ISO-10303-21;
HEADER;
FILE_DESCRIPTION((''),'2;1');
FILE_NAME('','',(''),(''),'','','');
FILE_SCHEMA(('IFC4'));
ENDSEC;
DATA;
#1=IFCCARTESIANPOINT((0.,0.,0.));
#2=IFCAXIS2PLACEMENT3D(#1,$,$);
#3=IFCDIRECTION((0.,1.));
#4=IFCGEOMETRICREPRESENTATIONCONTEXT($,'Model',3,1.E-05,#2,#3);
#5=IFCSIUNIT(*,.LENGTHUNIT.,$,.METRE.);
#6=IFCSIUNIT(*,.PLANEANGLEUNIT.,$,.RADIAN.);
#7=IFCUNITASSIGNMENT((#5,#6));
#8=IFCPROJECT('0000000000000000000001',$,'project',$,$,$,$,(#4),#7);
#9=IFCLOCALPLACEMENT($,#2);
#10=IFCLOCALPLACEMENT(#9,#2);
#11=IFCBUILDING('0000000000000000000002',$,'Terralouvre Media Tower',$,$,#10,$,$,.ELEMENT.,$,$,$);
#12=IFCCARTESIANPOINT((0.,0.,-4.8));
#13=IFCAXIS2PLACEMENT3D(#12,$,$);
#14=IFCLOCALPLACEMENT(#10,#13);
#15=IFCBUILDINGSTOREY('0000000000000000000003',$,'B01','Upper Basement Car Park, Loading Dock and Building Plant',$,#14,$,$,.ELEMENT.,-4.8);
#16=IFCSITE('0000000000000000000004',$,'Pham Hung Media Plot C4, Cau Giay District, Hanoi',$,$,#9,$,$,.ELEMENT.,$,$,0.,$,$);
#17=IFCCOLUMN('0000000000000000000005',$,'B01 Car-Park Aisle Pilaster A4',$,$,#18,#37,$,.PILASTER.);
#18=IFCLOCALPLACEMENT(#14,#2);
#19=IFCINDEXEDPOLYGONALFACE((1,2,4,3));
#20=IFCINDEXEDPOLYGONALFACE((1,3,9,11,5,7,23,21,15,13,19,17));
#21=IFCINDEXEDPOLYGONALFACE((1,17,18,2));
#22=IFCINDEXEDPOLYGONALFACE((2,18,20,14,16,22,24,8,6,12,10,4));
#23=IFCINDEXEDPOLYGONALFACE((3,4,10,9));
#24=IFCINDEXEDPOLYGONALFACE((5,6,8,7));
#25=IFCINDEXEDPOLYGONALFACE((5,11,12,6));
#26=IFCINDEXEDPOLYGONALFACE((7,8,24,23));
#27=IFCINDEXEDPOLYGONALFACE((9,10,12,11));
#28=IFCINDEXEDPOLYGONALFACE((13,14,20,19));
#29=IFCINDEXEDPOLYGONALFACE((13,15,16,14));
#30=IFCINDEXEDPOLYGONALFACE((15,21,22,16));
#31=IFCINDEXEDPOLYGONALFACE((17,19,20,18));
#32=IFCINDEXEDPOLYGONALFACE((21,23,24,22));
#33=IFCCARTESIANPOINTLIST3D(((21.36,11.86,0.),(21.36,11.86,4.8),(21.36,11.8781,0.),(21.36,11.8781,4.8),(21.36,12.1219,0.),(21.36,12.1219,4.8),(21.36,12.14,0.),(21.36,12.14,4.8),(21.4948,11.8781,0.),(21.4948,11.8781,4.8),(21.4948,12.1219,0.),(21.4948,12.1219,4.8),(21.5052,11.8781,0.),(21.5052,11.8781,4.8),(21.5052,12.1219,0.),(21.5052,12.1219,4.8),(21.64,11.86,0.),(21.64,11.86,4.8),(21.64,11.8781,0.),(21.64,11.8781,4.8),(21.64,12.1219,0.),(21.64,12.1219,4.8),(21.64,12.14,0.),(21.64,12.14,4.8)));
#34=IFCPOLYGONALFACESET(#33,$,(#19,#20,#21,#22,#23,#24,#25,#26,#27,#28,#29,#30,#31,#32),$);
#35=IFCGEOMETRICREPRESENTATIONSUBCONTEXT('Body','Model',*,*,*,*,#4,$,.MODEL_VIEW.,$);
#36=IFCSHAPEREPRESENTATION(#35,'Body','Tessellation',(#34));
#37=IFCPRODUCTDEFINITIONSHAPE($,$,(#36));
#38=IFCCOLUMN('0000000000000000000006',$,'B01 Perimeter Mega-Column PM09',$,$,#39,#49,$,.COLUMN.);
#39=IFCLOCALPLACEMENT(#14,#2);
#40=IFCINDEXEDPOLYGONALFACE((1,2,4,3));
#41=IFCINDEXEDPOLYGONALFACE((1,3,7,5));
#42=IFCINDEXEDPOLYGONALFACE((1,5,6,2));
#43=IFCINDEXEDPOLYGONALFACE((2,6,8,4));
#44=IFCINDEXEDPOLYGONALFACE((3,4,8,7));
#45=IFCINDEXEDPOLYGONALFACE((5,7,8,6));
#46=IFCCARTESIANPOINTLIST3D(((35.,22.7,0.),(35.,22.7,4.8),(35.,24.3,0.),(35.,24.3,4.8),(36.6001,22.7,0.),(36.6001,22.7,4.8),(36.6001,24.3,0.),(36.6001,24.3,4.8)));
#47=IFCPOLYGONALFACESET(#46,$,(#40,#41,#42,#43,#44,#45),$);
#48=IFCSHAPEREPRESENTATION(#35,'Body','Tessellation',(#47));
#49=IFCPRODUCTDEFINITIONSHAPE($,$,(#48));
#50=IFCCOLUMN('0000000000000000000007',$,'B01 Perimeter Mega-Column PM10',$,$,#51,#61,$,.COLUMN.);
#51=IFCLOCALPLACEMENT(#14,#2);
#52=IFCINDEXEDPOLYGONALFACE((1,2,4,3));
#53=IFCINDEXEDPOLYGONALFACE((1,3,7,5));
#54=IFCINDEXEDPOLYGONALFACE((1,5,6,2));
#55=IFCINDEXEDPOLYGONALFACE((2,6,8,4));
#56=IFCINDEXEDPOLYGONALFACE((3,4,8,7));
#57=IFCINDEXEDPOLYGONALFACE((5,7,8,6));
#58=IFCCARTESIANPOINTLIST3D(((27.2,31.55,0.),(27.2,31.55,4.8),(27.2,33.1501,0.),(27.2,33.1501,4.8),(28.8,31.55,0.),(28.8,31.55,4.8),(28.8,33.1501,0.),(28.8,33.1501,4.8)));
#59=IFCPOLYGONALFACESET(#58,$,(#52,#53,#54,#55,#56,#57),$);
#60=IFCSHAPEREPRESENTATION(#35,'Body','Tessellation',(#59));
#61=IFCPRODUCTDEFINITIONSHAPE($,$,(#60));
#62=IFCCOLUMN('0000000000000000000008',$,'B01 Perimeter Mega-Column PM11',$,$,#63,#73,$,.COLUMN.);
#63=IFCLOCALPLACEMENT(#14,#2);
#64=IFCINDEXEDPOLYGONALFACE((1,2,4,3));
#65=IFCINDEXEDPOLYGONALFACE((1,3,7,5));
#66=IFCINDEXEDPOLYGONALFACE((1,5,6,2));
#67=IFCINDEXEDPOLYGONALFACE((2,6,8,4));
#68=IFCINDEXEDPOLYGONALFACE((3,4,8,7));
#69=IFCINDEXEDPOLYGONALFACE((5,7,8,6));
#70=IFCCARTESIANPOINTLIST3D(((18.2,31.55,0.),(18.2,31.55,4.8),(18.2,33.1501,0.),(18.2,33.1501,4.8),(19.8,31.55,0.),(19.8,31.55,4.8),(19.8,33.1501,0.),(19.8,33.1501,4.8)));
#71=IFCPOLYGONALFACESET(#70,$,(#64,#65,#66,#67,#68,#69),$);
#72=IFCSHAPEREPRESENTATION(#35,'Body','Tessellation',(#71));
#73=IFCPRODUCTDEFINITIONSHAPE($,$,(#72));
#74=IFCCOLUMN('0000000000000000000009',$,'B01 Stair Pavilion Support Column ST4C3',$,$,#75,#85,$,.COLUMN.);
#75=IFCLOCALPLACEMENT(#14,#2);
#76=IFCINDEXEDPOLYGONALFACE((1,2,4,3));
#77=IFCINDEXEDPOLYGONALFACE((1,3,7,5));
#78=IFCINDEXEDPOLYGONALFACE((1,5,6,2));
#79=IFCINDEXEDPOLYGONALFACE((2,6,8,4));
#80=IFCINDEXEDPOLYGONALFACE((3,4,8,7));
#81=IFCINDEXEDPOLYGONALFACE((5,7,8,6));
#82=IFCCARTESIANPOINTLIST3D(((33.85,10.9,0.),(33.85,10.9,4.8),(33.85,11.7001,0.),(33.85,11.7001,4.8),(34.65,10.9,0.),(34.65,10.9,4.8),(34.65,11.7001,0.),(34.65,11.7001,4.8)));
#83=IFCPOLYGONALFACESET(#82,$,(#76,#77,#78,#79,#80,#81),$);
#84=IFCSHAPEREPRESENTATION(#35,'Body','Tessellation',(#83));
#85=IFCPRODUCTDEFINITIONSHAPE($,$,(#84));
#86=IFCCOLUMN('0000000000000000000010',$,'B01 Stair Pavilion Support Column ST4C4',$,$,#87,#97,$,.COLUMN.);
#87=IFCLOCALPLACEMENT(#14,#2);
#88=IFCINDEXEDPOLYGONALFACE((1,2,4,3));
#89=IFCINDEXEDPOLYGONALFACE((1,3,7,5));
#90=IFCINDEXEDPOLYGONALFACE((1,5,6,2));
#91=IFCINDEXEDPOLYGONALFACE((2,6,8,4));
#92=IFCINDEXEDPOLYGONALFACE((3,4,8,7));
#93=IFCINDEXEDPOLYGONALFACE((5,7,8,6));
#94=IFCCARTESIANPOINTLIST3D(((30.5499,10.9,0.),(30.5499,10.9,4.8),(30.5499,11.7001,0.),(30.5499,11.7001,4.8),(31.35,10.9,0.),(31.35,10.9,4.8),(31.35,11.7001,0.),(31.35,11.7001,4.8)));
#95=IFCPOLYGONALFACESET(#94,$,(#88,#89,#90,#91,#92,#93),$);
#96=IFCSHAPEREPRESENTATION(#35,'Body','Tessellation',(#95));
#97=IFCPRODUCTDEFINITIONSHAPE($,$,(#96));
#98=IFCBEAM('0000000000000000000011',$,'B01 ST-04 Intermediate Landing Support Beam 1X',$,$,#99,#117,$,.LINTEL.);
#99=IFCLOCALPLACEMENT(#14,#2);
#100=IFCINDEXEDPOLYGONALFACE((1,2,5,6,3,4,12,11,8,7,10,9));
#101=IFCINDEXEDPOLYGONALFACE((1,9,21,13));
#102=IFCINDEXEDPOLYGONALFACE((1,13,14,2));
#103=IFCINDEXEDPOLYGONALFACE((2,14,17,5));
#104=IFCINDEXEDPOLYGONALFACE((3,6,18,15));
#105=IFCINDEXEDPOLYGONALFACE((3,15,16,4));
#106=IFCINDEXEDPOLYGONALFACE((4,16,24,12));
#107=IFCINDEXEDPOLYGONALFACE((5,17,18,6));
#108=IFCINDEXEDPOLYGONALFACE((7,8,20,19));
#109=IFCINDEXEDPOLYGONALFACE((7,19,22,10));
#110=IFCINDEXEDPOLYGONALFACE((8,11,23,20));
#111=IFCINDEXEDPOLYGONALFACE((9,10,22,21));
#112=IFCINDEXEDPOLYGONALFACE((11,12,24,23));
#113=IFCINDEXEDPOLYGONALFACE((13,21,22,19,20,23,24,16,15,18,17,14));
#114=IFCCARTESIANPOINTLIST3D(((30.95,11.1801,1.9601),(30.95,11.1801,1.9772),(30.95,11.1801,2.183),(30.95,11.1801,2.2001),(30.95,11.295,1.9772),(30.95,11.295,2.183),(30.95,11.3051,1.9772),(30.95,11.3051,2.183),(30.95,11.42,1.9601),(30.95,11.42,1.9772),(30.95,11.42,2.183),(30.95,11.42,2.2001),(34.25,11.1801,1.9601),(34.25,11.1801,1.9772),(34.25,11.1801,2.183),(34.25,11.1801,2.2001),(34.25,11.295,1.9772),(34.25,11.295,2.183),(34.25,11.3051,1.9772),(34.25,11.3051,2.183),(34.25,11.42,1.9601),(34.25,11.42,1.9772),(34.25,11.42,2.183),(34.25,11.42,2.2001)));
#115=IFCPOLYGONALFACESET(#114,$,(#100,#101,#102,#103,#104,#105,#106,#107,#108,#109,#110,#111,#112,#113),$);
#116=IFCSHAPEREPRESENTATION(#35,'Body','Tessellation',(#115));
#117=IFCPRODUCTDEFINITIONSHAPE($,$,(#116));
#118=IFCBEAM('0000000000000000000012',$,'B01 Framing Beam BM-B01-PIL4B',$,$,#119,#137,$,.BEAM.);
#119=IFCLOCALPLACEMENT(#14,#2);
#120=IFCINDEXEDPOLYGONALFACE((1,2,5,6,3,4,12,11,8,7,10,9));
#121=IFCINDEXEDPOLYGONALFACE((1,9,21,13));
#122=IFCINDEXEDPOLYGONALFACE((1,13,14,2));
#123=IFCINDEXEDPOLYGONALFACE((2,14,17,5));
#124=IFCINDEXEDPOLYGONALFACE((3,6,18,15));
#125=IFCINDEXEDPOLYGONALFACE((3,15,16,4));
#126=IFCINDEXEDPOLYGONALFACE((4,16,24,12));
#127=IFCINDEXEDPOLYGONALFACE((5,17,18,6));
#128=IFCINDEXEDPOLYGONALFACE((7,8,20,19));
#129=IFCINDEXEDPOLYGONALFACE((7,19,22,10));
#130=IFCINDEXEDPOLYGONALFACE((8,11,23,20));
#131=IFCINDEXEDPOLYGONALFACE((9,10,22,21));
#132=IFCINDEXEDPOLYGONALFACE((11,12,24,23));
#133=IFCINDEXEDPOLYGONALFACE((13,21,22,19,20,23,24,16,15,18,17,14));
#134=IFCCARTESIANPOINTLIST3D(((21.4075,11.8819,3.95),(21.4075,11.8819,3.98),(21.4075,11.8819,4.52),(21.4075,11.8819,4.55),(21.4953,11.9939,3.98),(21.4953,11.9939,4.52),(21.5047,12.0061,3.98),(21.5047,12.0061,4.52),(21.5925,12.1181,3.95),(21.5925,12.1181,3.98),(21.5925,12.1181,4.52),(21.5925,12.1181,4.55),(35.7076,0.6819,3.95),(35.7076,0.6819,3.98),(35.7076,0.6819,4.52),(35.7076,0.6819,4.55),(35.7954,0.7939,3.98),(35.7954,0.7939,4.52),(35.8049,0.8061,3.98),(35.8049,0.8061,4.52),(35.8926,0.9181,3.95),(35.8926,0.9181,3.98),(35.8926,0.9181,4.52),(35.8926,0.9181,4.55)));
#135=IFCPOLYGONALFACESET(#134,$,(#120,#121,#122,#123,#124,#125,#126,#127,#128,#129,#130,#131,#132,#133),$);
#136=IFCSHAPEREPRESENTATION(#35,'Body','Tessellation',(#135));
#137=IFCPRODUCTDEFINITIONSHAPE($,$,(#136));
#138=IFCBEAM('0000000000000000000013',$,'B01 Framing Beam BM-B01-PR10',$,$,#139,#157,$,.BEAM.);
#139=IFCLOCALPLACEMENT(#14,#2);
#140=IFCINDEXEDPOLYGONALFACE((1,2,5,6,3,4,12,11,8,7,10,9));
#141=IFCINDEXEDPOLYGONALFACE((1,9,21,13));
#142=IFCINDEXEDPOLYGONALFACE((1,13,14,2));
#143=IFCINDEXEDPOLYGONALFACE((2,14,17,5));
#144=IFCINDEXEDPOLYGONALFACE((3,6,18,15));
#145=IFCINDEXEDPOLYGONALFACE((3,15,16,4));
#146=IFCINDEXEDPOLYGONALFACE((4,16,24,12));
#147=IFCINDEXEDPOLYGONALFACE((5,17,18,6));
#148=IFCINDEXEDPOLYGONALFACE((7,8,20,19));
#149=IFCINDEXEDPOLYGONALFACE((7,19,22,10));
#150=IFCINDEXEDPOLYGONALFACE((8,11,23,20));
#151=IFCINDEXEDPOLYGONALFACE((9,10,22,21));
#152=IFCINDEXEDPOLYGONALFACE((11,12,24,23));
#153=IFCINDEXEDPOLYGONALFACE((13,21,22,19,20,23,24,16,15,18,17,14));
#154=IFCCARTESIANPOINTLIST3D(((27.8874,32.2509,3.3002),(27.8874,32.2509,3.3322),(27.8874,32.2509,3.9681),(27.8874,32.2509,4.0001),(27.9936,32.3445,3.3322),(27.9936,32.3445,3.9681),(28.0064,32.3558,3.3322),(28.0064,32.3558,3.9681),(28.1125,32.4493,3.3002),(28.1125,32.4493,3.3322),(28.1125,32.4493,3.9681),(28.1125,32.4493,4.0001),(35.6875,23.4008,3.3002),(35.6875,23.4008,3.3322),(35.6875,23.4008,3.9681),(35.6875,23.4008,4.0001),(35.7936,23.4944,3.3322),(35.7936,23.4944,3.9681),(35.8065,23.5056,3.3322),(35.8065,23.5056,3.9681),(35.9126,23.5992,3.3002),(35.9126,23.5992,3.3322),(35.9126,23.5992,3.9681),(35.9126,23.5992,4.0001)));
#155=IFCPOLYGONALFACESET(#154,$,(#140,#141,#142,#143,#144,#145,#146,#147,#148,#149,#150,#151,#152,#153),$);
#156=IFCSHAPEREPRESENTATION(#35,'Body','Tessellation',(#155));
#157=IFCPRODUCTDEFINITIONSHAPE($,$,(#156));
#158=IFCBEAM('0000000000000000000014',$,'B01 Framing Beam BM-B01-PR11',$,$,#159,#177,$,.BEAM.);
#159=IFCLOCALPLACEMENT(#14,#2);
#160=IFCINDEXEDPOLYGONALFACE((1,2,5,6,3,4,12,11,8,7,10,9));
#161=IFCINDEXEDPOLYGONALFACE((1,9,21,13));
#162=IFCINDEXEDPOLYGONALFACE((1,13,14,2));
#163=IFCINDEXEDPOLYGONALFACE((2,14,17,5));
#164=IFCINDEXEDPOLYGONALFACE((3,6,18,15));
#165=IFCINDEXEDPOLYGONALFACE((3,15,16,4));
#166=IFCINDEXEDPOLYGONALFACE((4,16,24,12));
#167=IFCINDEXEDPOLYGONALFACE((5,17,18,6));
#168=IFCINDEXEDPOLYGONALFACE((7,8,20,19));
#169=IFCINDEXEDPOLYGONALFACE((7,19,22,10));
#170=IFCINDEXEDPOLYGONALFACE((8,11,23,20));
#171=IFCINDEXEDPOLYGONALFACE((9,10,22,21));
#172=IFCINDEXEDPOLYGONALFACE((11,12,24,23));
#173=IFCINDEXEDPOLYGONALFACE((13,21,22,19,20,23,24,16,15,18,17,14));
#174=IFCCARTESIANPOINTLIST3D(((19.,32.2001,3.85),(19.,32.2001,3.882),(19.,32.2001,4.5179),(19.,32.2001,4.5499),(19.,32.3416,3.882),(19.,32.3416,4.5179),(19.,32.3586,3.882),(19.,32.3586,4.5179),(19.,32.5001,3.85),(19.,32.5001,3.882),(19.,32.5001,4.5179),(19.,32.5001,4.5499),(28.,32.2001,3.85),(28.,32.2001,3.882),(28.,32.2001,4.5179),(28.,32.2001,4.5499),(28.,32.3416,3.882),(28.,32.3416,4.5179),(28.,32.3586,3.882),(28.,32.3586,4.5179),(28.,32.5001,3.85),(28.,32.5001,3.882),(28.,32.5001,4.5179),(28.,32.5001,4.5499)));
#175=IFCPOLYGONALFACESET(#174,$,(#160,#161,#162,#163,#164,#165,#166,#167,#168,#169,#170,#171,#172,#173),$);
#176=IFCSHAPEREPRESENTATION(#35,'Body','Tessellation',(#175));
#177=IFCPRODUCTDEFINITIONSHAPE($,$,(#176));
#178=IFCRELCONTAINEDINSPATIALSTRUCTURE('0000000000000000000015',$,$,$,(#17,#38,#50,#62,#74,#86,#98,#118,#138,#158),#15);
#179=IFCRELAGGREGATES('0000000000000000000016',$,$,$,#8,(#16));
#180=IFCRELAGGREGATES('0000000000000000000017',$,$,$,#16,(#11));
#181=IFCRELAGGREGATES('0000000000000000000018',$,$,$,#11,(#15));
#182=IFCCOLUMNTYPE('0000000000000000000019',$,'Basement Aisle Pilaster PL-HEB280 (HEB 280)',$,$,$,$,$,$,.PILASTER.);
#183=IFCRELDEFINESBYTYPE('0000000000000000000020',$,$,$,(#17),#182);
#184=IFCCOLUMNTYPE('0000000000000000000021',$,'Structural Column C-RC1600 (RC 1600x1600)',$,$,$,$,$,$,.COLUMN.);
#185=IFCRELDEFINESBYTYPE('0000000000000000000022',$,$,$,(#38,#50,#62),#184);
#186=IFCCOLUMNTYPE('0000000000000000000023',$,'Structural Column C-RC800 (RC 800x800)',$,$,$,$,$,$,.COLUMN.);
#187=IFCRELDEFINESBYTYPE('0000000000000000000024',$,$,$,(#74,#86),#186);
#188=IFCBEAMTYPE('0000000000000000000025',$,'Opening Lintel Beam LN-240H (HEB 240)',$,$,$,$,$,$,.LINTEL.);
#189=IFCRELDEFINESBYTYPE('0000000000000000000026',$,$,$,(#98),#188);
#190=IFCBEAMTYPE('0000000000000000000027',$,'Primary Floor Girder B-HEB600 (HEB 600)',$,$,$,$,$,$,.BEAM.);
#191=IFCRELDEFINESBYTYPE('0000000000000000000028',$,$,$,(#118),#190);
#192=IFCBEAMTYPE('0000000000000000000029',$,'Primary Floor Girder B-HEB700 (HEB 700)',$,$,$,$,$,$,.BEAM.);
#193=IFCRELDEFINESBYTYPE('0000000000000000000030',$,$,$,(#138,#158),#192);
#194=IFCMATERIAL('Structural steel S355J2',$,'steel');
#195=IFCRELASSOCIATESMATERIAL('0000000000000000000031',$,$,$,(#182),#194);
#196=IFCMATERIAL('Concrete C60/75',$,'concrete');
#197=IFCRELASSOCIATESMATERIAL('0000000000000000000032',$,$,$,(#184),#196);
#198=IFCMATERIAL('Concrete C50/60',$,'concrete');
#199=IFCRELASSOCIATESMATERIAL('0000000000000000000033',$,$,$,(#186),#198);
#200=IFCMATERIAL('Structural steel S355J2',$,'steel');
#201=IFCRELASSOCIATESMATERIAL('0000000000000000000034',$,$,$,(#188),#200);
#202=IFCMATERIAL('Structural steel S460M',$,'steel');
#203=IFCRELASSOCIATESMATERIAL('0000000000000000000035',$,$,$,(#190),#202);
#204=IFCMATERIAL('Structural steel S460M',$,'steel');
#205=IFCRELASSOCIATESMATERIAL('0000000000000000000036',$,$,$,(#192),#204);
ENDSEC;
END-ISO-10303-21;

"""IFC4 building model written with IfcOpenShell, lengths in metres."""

from ifc_helpers import new_model, si_unit, direction, frame, origin, origin_2d, place, context, subcontext, project, spatial, rectangle, i_section, extrude, material, material_profile, profile_set, type_object, element, save


model = new_model("IFC4")

# Units and contexts
model_context = context("Model", 3, precision=1e-05, world=origin(), true_north=direction((0.0, 1.0)))
body_context = subcontext(model_context, "Body", "Model", "MODEL_VIEW")
ifc_project = project(units=[si_unit("LENGTHUNIT", "METRE"), si_unit("PLANEANGLEUNIT", "RADIAN")], contexts=[model_context])

# Site, building, storey
site_placement = place(None, origin())
site = spatial("IfcSite", under=ifc_project, at=site_placement, Name="Pham Hung Media Plot C4, Cau Giay District, Hanoi", CompositionType="ELEMENT", RefElevation=0.0)
building_placement = place(site_placement, origin())
building = spatial("IfcBuilding", under=site, at=building_placement, Name="Terralouvre Media Tower", CompositionType="ELEMENT")
storey_placement = place(building_placement, frame((0.0, 0.0, -4.8)))
storey = spatial("IfcBuildingStorey", under=building, at=storey_placement, Name="B01", Description="Upper Basement Car Park, Loading Dock and Building Plant", CompositionType="ELEMENT", Elevation=-4.8)

# Columns
ifc_material_1 = material(Name="Structural steel S355J2", Category="steel")
ifc_material_profile_1 = material_profile(ifc_material_1, i_section(OverallWidth=0.28, OverallDepth=0.28, WebThickness=0.0105, FlangeThickness=0.0181, at=origin_2d()), Name="HEB 280")
ifc_profile_set_1 = profile_set([ifc_material_profile_1], Name="Structural steel S355J2")
column_type_1 = type_object("IfcColumnType", Name="Basement Aisle Pilaster PL-HEB280 (HEB 280)", PredefinedType="PILASTER", material=ifc_profile_set_1)
column_placement = place(storey_placement, frame((21.5, 12.0, 0.0), z_axis=(0.0, 0.0, 1.0), x_axis=(1.0, 0.0, 0.0)))
element("IfcColumn", 1, at=column_placement, inside=storey, type_object=column_type_1, Name="B01 Car-Park Aisle Pilaster A4", PredefinedType="PILASTER", context=body_context, shape_type="SweptSolid", body=[
    extrude(i_section(OverallWidth=0.28, OverallDepth=0.28, WebThickness=0.0105, FlangeThickness=0.0181, at=origin_2d()), origin(), (0.0, 0.0, 1.0), 4.8),
])
ifc_material_2 = material(Name="Concrete C60/75", Category="concrete")
ifc_material_profile_2 = material_profile(ifc_material_2, rectangle(XDim=1.6001, YDim=1.6001, at=origin_2d()), Name="RC 1600x1600")
ifc_profile_set_2 = profile_set([ifc_material_profile_2], Name="Concrete C60/75")
column_type_2 = type_object("IfcColumnType", Name="Structural Column C-RC1600 (RC 1600x1600)", PredefinedType="COLUMN", material=ifc_profile_set_2)
for number, where, z_axis, x_axis, name in (
    (2, (35.8, 23.5, 0.0), (0.0, 0.0, 1.0), (1.0, 0.0, 0.0), "B01 Perimeter Mega-Column PM09"),
    (3, (28.0, 32.3501, 0.0), (0.0, 0.0, 1.0), (1.0, 0.0, 0.0), "B01 Perimeter Mega-Column PM10"),
    (4, (19.0, 32.3501, 0.0), (0.0, 0.0, 1.0), (1.0, 0.0, 0.0), "B01 Perimeter Mega-Column PM11"),
):
    element("IfcColumn", number, at=place(storey_placement, frame(where, z_axis=z_axis, x_axis=x_axis)), inside=storey, type_object=column_type_2, Name=name, PredefinedType="COLUMN", context=body_context, shape_type="SweptSolid", body=[
        extrude(rectangle(XDim=1.6001, YDim=1.6001, at=origin_2d()), origin(), (0.0, 0.0, 1.0), 4.8),
    ])
ifc_material_3 = material(Name="Concrete C50/60", Category="concrete")
ifc_material_profile_3 = material_profile(ifc_material_3, rectangle(XDim=0.8, YDim=0.8, at=origin_2d()), Name="RC 800x800")
ifc_profile_set_3 = profile_set([ifc_material_profile_3], Name="Concrete C50/60")
column_type_3 = type_object("IfcColumnType", Name="Structural Column C-RC800 (RC 800x800)", PredefinedType="COLUMN", material=ifc_profile_set_3)
for number, where, z_axis, x_axis, name in (
    (5, (34.25, 11.3, 0.0), (0.0, 0.0, 1.0), (1.0, 0.0, 0.0), "B01 Stair Pavilion Support Column ST4C3"),
    (6, (30.95, 11.3, 0.0), (0.0, 0.0, 1.0), (1.0, 0.0, 0.0), "B01 Stair Pavilion Support Column ST4C4"),
):
    element("IfcColumn", number, at=place(storey_placement, frame(where, z_axis=z_axis, x_axis=x_axis)), inside=storey, type_object=column_type_3, Name=name, PredefinedType="COLUMN", context=body_context, shape_type="SweptSolid", body=[
        extrude(rectangle(XDim=0.8, YDim=0.8, at=origin_2d()), origin(), (0.0, 0.0, 1.0), 4.8),
    ])

# Beams
ifc_material_4 = material(Name="Structural steel S355J2", Category="steel")
ifc_material_profile_4 = material_profile(ifc_material_4, i_section(OverallWidth=0.24, OverallDepth=0.24, WebThickness=0.01, FlangeThickness=0.0171, at=origin_2d()), Name="HEB 240")
ifc_profile_set_4 = profile_set([ifc_material_profile_4], Name="Structural steel S355J2")
beam_type_1 = type_object("IfcBeamType", Name="Opening Lintel Beam LN-240H (HEB 240)", PredefinedType="LINTEL", material=ifc_profile_set_4)
beam_1_placement = place(storey_placement, frame((30.95, 11.3, 2.0801), z_axis=(1.0, 0.0, 0.0), x_axis=(0.0, 1.0, 0.0)))
element("IfcBeam", 7, at=beam_1_placement, inside=storey, type_object=beam_type_1, Name="B01 ST-04 Intermediate Landing Support Beam 1X", PredefinedType="LINTEL", context=body_context, shape_type="SweptSolid", body=[
    extrude(i_section(OverallWidth=0.24, OverallDepth=0.24, WebThickness=0.01, FlangeThickness=0.0171, at=origin_2d()), origin(), (0.0, 0.0, 1.0), 3.3),
])
ifc_material_5 = material(Name="Structural steel S460M", Category="steel")
ifc_material_profile_5 = material_profile(ifc_material_5, i_section(OverallWidth=0.3, OverallDepth=0.6001, WebThickness=0.0154, FlangeThickness=0.03, at=origin_2d()), Name="HEB 600")
ifc_profile_set_5 = profile_set([ifc_material_profile_5], Name="Structural steel S460M")
beam_type_2 = type_object("IfcBeamType", Name="Primary Floor Girder B-HEB600 (HEB 600)", PredefinedType="BEAM", material=ifc_profile_set_5)
beam_2_placement = place(storey_placement, frame((21.5, 12.0, 4.25), z_axis=(0.787275, -0.616602, 0.0), x_axis=(0.616602, 0.787275, 0.0)))
element("IfcBeam", 8, at=beam_2_placement, inside=storey, type_object=beam_type_2, Name="B01 Framing Beam BM-B01-PIL4B", PredefinedType="BEAM", context=body_context, shape_type="SweptSolid", body=[
    extrude(i_section(OverallWidth=0.3, OverallDepth=0.6001, WebThickness=0.0154, FlangeThickness=0.03, at=origin_2d()), origin(), (0.0, 0.0, 1.0), 18.1641),
])
ifc_material_6 = material(Name="Structural steel S460M", Category="steel")
ifc_material_profile_6 = material_profile(ifc_material_6, i_section(OverallWidth=0.3, OverallDepth=0.7, WebThickness=0.0171, FlangeThickness=0.032, at=origin_2d()), Name="HEB 700")
ifc_profile_set_6 = profile_set([ifc_material_profile_6], Name="Structural steel S460M")
beam_type_3 = type_object("IfcBeamType", Name="Primary Floor Girder B-HEB700 (HEB 700)", PredefinedType="BEAM", material=ifc_profile_set_6)
beam_3_placement = place(storey_placement, frame((35.8, 23.5, 3.6501), z_axis=(-0.661199, 0.75021, 0.0), x_axis=(-0.75021, -0.661199, 0.0)))
element("IfcBeam", 9, at=beam_3_placement, inside=storey, type_object=beam_type_3, Name="B01 Framing Beam BM-B01-PR10", PredefinedType="BEAM", context=body_context, shape_type="SweptSolid", body=[
    extrude(i_section(OverallWidth=0.3, OverallDepth=0.7, WebThickness=0.0171, FlangeThickness=0.032, at=origin_2d()), origin(), (0.0, 0.0, 1.0), 11.7969),
])
beam_4_placement = place(storey_placement, frame((28.0, 32.3501, 4.2), z_axis=(-1.0, 0.0, 0.0), x_axis=(0.0, -1.0, 0.0)))
element("IfcBeam", 10, at=beam_4_placement, inside=storey, type_object=beam_type_3, Name="B01 Framing Beam BM-B01-PR11", PredefinedType="BEAM", context=body_context, shape_type="SweptSolid", body=[
    extrude(i_section(OverallWidth=0.3, OverallDepth=0.7, WebThickness=0.0171, FlangeThickness=0.032, at=origin_2d()), origin(), (0.0, 0.0, 1.0), 9.0),
])

save(model, "model.ifc")
